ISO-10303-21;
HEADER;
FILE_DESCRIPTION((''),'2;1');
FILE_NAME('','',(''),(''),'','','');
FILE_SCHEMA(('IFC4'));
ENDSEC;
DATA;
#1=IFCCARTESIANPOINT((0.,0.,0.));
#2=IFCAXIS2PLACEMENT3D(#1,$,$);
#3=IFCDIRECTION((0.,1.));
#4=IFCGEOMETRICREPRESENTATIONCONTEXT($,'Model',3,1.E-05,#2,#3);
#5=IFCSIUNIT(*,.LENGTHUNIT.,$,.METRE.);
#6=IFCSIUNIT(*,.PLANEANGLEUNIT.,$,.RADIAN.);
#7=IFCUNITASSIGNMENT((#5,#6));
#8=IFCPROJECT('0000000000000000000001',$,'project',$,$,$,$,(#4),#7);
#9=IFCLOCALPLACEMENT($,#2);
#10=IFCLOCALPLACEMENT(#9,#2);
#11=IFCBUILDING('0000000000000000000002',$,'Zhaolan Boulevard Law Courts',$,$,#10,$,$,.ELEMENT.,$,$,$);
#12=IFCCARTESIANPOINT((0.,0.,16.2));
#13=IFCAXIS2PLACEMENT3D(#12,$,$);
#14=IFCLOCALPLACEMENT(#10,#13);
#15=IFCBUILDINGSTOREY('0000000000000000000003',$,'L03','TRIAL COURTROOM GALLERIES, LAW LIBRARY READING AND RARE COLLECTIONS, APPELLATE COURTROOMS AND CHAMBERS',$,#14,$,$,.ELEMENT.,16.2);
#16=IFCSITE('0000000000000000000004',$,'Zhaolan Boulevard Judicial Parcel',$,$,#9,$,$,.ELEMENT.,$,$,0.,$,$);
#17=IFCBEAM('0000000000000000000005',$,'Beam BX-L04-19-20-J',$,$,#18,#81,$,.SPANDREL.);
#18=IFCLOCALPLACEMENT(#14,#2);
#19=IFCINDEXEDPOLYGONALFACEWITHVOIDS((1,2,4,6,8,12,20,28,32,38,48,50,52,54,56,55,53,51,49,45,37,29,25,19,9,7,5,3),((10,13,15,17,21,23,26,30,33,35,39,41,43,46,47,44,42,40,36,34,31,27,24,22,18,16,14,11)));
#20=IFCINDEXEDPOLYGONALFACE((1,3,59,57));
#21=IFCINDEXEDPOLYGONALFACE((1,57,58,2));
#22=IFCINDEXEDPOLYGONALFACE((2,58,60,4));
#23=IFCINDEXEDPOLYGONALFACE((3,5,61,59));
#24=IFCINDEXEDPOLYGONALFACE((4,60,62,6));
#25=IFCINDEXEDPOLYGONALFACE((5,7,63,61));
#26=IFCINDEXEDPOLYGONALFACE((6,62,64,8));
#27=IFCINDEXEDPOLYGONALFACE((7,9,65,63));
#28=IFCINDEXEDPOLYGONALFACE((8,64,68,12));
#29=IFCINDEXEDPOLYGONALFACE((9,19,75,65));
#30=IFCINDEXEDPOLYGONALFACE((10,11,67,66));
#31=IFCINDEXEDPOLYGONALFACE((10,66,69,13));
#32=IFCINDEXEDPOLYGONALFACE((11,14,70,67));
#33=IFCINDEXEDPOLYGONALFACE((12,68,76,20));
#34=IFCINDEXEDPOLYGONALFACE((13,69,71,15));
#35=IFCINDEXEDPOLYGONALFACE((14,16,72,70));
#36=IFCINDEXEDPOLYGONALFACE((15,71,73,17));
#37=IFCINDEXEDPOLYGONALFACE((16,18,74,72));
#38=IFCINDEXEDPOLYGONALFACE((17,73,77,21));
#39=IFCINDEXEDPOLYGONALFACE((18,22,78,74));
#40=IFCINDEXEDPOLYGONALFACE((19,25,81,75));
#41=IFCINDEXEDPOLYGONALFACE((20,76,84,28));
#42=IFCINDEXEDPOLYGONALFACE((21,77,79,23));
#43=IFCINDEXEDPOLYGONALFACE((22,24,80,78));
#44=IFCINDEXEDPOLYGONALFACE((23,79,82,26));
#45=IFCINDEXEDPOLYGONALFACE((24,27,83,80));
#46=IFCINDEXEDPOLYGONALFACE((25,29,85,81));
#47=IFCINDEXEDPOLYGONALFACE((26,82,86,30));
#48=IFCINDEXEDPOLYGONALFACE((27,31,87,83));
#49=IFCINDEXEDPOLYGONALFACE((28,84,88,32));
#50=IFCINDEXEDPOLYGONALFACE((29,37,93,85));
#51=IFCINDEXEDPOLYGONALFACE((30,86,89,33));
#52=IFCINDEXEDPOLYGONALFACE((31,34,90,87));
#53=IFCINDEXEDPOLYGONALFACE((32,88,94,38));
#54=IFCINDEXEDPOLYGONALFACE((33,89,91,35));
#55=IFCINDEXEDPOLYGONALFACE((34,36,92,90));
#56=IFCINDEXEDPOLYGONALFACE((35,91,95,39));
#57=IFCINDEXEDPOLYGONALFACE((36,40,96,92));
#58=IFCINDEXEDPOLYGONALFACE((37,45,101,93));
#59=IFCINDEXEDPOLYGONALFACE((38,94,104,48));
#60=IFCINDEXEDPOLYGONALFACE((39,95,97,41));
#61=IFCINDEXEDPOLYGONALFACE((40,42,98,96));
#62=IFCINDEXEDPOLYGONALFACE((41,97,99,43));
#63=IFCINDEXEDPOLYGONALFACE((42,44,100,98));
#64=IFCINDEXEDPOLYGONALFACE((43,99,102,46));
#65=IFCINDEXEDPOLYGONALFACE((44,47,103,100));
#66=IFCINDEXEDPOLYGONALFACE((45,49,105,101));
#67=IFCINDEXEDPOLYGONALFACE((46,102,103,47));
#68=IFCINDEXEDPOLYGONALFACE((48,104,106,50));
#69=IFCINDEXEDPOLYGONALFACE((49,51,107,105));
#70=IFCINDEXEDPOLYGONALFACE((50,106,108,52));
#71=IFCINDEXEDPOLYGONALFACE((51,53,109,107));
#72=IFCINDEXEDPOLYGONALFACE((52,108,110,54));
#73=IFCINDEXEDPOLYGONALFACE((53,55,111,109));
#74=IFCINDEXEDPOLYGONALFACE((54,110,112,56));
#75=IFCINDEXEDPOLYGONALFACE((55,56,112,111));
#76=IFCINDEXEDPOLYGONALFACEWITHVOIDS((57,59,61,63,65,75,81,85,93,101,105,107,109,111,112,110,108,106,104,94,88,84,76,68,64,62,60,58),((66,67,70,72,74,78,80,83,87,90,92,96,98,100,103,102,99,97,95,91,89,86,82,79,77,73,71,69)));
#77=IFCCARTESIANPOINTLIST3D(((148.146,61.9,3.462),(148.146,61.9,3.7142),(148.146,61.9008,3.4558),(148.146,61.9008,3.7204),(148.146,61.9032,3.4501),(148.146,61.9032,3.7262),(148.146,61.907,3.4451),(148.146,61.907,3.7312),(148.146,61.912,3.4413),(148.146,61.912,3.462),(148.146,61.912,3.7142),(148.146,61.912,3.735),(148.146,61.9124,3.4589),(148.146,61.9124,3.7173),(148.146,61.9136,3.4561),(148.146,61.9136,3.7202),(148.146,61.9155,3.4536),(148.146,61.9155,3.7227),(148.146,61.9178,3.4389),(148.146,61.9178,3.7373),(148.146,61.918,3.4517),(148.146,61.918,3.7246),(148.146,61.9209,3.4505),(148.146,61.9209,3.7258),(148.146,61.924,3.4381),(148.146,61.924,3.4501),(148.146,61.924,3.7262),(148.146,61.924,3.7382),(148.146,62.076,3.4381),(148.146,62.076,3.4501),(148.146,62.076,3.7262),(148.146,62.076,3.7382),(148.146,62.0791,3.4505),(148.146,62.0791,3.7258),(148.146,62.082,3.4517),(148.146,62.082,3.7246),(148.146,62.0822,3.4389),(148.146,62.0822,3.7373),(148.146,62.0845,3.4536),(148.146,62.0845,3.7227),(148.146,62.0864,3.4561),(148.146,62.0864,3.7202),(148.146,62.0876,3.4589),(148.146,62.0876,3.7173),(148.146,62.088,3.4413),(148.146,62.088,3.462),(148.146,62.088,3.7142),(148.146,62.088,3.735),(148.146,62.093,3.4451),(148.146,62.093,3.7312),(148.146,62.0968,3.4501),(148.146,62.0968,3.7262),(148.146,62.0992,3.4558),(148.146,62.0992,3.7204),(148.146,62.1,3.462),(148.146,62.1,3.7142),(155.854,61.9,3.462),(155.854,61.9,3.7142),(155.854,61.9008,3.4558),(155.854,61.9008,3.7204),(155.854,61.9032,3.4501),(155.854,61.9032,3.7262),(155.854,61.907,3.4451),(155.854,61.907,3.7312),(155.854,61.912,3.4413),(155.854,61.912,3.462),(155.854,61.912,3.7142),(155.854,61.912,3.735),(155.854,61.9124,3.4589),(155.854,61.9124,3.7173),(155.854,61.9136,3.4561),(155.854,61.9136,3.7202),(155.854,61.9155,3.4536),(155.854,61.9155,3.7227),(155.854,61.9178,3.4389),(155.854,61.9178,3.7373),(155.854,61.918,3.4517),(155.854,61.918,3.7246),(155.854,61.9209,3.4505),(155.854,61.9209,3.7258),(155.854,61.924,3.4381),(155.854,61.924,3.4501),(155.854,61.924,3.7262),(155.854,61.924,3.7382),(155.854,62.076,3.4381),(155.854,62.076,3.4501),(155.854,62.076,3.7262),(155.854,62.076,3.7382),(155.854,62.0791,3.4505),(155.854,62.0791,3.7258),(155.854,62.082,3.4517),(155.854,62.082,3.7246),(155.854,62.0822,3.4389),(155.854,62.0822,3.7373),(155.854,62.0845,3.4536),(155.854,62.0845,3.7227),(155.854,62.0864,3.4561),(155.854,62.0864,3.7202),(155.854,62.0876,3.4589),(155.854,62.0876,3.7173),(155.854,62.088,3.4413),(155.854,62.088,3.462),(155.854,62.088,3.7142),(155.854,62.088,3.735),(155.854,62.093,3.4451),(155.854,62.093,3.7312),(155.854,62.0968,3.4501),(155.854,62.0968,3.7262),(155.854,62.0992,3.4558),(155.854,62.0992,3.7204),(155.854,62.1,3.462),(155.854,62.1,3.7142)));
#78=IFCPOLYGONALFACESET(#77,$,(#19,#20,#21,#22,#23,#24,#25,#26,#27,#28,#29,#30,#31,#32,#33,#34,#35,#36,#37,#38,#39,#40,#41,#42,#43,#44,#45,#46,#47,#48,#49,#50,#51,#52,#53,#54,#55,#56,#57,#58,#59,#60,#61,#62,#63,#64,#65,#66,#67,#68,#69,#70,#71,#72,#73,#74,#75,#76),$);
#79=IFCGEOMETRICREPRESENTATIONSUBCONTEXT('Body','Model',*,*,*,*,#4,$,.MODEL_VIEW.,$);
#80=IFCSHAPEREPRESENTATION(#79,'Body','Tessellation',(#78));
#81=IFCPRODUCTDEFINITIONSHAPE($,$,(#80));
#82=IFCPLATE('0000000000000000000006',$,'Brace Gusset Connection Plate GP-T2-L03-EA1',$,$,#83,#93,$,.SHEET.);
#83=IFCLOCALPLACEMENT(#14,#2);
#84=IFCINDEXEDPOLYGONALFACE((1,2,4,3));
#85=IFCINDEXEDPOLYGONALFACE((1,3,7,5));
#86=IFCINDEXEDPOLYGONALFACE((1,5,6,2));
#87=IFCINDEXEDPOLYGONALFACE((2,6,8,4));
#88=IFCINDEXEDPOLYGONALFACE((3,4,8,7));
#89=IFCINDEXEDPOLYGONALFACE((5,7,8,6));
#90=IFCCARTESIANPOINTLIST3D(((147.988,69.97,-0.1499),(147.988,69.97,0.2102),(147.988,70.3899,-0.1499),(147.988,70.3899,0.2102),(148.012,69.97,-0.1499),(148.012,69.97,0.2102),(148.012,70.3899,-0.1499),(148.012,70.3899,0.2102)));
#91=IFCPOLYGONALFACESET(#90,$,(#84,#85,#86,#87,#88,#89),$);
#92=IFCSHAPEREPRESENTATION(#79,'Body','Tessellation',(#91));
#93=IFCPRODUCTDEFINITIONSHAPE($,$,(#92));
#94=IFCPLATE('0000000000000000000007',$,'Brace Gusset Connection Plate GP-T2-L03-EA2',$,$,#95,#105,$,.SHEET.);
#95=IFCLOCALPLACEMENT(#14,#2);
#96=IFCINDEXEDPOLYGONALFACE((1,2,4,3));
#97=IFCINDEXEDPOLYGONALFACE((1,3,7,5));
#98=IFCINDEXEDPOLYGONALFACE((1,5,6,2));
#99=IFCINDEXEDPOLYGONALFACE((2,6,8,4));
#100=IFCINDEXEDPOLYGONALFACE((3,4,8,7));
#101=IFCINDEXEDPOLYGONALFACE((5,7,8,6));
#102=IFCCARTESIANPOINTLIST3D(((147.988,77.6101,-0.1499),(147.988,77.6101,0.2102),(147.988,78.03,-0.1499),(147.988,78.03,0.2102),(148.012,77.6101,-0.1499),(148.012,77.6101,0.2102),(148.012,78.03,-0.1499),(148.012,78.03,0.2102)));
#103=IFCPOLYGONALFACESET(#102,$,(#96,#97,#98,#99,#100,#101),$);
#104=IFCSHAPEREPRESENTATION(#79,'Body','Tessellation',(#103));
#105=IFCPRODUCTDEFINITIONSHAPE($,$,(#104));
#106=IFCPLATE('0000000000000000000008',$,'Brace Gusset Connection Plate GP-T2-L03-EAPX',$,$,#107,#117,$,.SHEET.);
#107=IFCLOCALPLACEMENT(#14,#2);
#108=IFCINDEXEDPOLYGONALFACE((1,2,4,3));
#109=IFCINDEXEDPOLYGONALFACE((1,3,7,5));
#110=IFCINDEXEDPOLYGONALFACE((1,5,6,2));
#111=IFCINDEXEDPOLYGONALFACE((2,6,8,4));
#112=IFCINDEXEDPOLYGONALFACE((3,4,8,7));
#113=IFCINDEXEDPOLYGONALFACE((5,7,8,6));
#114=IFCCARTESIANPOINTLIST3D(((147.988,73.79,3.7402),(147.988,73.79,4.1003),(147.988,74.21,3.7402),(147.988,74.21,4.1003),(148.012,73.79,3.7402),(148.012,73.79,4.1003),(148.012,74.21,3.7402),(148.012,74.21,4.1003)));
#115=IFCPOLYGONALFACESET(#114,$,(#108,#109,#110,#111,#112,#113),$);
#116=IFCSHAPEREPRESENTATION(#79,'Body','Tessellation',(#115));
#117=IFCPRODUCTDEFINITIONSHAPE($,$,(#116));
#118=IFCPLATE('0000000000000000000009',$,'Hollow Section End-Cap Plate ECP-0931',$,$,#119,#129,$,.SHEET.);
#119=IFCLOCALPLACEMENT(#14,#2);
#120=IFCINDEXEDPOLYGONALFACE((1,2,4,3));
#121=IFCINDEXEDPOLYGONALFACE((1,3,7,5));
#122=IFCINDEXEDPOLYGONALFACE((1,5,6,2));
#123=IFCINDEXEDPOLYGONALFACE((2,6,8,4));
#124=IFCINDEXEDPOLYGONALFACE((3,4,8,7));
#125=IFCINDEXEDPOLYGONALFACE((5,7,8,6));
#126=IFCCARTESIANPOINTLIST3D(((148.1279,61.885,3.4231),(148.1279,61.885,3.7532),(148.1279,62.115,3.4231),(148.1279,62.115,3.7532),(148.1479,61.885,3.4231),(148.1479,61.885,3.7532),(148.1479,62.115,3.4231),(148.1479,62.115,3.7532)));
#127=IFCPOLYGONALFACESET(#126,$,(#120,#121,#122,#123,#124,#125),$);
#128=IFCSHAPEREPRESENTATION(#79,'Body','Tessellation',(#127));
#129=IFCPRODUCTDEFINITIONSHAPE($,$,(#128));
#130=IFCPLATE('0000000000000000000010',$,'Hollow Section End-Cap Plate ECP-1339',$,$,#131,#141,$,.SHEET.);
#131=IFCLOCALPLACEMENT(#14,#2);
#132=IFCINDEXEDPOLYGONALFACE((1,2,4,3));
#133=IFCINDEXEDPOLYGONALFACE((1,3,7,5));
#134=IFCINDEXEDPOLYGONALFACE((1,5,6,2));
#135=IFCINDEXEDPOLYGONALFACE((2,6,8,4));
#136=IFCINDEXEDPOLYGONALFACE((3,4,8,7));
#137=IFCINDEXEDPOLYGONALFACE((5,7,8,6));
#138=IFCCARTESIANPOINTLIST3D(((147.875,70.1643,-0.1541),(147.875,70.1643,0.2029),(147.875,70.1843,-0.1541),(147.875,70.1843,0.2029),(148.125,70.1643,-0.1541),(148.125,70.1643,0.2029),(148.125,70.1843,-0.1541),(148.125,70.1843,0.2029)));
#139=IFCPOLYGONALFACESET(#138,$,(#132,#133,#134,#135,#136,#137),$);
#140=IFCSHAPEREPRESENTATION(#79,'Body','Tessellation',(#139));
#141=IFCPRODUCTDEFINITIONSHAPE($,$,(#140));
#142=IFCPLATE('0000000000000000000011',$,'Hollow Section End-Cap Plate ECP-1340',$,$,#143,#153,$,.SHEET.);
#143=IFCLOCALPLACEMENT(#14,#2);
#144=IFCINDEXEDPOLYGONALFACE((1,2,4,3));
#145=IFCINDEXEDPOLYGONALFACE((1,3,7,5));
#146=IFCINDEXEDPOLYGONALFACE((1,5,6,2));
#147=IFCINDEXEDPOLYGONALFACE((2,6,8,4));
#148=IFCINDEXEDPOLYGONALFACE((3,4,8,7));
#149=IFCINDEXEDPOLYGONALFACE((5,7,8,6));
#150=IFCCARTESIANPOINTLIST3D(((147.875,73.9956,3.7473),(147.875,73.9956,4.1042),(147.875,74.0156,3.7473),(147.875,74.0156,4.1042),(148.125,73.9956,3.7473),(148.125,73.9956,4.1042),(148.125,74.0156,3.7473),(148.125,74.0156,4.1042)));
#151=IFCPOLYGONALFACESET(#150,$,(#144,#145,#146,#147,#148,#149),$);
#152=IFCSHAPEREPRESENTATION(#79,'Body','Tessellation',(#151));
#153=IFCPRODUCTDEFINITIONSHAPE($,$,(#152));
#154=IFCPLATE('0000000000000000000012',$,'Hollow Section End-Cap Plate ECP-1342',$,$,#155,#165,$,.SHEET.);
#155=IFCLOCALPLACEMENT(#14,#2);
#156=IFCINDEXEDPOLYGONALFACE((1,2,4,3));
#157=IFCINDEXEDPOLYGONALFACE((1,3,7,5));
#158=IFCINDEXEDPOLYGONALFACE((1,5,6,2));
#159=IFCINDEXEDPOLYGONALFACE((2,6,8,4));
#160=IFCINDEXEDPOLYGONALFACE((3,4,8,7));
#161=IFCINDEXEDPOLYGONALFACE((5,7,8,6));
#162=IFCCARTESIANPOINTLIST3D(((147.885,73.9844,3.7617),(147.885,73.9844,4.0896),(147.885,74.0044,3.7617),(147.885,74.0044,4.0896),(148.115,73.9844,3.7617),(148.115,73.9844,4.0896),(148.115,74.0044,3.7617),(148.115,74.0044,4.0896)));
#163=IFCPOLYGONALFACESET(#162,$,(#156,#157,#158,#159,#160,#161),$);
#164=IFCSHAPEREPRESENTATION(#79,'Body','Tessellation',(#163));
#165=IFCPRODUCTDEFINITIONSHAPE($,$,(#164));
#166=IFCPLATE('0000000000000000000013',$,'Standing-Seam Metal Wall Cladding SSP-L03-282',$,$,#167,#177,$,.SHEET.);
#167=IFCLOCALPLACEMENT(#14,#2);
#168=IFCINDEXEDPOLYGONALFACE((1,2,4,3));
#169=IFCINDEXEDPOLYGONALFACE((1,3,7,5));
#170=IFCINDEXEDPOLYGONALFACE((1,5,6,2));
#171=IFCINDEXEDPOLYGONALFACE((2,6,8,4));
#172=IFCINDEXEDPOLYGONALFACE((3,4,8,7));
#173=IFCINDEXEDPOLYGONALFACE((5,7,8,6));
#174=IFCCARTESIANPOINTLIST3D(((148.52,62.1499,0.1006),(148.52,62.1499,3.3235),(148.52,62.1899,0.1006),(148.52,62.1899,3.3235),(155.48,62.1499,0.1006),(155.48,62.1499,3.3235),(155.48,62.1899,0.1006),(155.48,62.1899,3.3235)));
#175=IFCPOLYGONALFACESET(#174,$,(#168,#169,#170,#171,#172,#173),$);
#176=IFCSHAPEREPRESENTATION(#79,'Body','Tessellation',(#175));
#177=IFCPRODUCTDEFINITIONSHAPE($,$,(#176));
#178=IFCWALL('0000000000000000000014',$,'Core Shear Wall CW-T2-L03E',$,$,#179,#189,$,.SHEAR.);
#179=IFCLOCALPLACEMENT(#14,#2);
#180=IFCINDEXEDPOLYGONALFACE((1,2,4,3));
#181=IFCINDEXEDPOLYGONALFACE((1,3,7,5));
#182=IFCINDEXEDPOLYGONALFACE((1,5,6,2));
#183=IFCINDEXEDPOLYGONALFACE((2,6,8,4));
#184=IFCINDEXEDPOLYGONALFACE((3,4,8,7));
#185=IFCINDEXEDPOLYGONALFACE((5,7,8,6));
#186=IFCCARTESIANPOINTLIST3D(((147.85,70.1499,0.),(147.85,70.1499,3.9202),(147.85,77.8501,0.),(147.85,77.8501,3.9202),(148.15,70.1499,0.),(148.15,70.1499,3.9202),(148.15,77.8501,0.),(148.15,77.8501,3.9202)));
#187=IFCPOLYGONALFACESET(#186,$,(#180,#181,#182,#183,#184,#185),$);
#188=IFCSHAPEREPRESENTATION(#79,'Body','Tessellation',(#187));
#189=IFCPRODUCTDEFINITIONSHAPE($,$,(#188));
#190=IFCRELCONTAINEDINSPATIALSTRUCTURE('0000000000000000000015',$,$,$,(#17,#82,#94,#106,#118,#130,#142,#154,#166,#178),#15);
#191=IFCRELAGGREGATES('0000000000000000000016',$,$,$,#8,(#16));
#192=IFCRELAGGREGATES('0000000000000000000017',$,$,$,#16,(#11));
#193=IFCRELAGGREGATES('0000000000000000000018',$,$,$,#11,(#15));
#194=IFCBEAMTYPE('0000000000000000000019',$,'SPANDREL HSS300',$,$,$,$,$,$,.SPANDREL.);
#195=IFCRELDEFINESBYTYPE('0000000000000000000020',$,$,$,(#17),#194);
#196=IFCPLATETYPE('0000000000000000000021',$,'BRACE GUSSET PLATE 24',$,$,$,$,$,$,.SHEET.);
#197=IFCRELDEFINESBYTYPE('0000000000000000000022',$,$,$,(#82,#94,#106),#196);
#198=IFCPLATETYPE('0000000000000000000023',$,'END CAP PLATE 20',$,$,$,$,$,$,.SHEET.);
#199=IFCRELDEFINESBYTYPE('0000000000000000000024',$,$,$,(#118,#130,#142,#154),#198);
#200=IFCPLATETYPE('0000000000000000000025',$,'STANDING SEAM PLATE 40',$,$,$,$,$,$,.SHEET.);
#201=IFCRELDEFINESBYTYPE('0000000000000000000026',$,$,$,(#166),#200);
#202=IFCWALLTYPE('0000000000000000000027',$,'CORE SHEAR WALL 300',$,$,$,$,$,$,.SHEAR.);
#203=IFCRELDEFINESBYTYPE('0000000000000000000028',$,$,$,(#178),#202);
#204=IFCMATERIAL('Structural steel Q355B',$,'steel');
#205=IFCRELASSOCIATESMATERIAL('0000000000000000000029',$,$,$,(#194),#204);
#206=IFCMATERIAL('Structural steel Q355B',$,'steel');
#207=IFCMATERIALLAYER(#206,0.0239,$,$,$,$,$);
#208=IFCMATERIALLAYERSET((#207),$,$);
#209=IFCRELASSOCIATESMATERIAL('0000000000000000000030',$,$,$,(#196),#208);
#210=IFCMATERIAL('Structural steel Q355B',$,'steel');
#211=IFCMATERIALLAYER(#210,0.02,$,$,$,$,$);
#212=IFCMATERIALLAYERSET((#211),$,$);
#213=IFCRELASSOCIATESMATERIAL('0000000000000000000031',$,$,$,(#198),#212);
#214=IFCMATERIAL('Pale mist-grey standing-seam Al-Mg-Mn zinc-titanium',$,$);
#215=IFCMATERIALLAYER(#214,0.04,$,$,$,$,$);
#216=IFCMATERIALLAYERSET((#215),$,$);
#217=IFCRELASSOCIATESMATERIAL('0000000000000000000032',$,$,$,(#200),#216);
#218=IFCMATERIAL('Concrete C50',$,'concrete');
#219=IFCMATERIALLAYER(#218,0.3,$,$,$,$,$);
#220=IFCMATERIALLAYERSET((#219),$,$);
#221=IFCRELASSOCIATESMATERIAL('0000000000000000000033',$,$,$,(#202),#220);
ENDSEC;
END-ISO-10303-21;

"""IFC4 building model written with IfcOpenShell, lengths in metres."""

from ifc_helpers import new_model, si_unit, direction, frame, frame_2d, origin, origin_2d, place, context, subcontext, project, spatial, rectangle, hollow_rectangle, extrude, material, layer, layer_set, material_profile, profile_set, type_object, element, save


model = new_model("IFC4")

# Units and contexts
model_context = context("Model", 3, precision=1e-05, world=origin(), true_north=direction((0.0, 1.0)))
body_context = subcontext(model_context, "Body", "Model", "MODEL_VIEW")
ifc_project = project(units=[si_unit("LENGTHUNIT", "METRE"), si_unit("PLANEANGLEUNIT", "RADIAN")], contexts=[model_context])

# Site, building, storey
site_placement = place(None, origin())
site = spatial("IfcSite", under=ifc_project, at=site_placement, Name="Zhaolan Boulevard Judicial Parcel", CompositionType="ELEMENT", RefElevation=0.0)
building_placement = place(site_placement, origin())
building = spatial("IfcBuilding", under=site, at=building_placement, Name="Zhaolan Boulevard Law Courts", CompositionType="ELEMENT")
storey_placement = place(building_placement, frame((0.0, 0.0, 16.2)))
storey = spatial("IfcBuildingStorey", under=building, at=storey_placement, Name="L03", Description="TRIAL COURTROOM GALLERIES, LAW LIBRARY READING AND RARE COLLECTIONS, APPELLATE COURTROOMS AND CHAMBERS", CompositionType="ELEMENT", Elevation=16.2)

# Beam
ifc_material_1 = material(Name="Structural steel Q355B", Category="steel")
ifc_material_profile_1 = material_profile(ifc_material_1, hollow_rectangle(XDim=0.2, YDim=0.3, WallThickness=0.012, InnerFilletRadius=0.012, OuterFilletRadius=0.0239, at=origin_2d()), Name="HSS300x200x12")
ifc_profile_set_1 = profile_set([ifc_material_profile_1], Name="Structural steel Q355B")
beam_type_1 = type_object("IfcBeamType", Name="SPANDREL HSS300", PredefinedType="SPANDREL", material=ifc_profile_set_1)
beam_1_placement = place(storey_placement, frame((148.146, 62.0, 3.5881), z_axis=(1.0, 0.0, 0.0), x_axis=(0.0, 1.0, 0.0)))
element("IfcBeam", 1, at=beam_1_placement, inside=storey, type_object=beam_type_1, Name="Beam BX-L04-19-20-J", PredefinedType="SPANDREL", context=body_context, shape_type="SweptSolid", body=[
    extrude(hollow_rectangle(XDim=0.2, YDim=0.3, WallThickness=0.012, InnerFilletRadius=0.012, OuterFilletRadius=0.0239, at=origin_2d()), origin(), (0.0, 0.0, 1.0), 7.708),
])

# Plates
ifc_material_2 = material(Name="Structural steel Q355B", Category="steel")
ifc_layer_1 = layer(ifc_material_2, 0.0239)
ifc_layer_set_1 = layer_set([ifc_layer_1])
plate_type_1 = type_object("IfcPlateType", Name="BRACE GUSSET PLATE 24", PredefinedType="SHEET", material=ifc_layer_set_1)
for number, where, z_axis, x_axis, name in (
    (2, (148.0, 70.1799, -0.1499), (0.0, 0.0, 1.0), (0.0, 1.0, 0.0), "Brace Gusset Connection Plate GP-T2-L03-EA1"),
    (3, (148.0, 77.8201, -0.1499), (0.0, 0.0, 1.0), (0.0, 1.0, 0.0), "Brace Gusset Connection Plate GP-T2-L03-EA2"),
    (4, (148.0, 74.0, 3.7402), (0.0, 0.0, 1.0), (0.0, 1.0, 0.0), "Brace Gusset Connection Plate GP-T2-L03-EAPX"),
):
    element("IfcPlate", number, at=place(storey_placement, frame(where, z_axis=z_axis, x_axis=x_axis)), inside=storey, type_object=plate_type_1, Name=name, PredefinedType="SHEET", context=body_context, shape_type="SweptSolid", body=[
        extrude(rectangle(XDim=0.4199, YDim=0.0239, at=origin_2d()), origin(), (0.0, 0.0, 1.0), 0.3601),
    ])
ifc_material_3 = material(Name="Structural steel Q355B", Category="steel")
ifc_layer_2 = layer(ifc_material_3, 0.02)
ifc_layer_set_2 = layer_set([ifc_layer_2])
plate_type_2 = type_object("IfcPlateType", Name="END CAP PLATE 20", PredefinedType="SHEET", material=ifc_layer_set_2)
plate_1_placement = place(storey_placement, frame((148.1379, 62.0, 3.4231), z_axis=(0.0, 0.0, 1.0), x_axis=(1.0, 0.0, 0.0)))
element("IfcPlate", 5, at=plate_1_placement, inside=storey, type_object=plate_type_2, Name="Hollow Section End-Cap Plate ECP-0931", PredefinedType="SHEET", context=body_context, shape_type="SweptSolid", body=[
    extrude(rectangle(XDim=0.02, YDim=0.23, at=origin_2d()), origin(), (0.0, 0.0, 1.0), 0.3301),
])
for number, where, z_axis, x_axis, name in (
    (6, (148.0, 70.1743, -0.1541), (0.0, 0.0, 1.0), (0.0, 1.0, 0.0), "Hollow Section End-Cap Plate ECP-1339"),
    (7, (148.0, 74.0056, 3.7473), (0.0, 0.0, 1.0), (0.0, 1.0, 0.0), "Hollow Section End-Cap Plate ECP-1340"),
):
    element("IfcPlate", number, at=place(storey_placement, frame(where, z_axis=z_axis, x_axis=x_axis)), inside=storey, type_object=plate_type_2, Name=name, PredefinedType="SHEET", context=body_context, shape_type="SweptSolid", body=[
        extrude(rectangle(XDim=0.02, YDim=0.25, at=origin_2d()), origin(), (0.0, 0.0, 1.0), 0.3569),
    ])
plate_2_placement = place(storey_placement, frame((148.0, 73.9944, 3.7617), z_axis=(0.0, 0.0, 1.0), x_axis=(0.0, -1.0, 0.0)))
element("IfcPlate", 8, at=plate_2_placement, inside=storey, type_object=plate_type_2, Name="Hollow Section End-Cap Plate ECP-1342", PredefinedType="SHEET", context=body_context, shape_type="SweptSolid", body=[
    extrude(rectangle(XDim=0.02, YDim=0.23, at=origin_2d()), origin(), (0.0, 0.0, 1.0), 0.3279),
])
ifc_material_4 = material(Name="Pale mist-grey standing-seam Al-Mg-Mn zinc-titanium")
ifc_layer_3 = layer(ifc_material_4, 0.04)
ifc_layer_set_3 = layer_set([ifc_layer_3])
plate_type_3 = type_object("IfcPlateType", Name="STANDING SEAM PLATE 40", PredefinedType="SHEET", material=ifc_layer_set_3)
plate_3_placement = place(storey_placement, frame((152.0, 62.1699, 0.1006), z_axis=(0.0, 0.0, 1.0), x_axis=(1.0, 0.0, 0.0)))
element("IfcPlate", 9, at=plate_3_placement, inside=storey, type_object=plate_type_3, Name="Standing-Seam Metal Wall Cladding SSP-L03-282", PredefinedType="SHEET", context=body_context, shape_type="SweptSolid", body=[
    extrude(rectangle(XDim=6.96, YDim=0.04, at=origin_2d()), origin(), (0.0, 0.0, 1.0), 3.2229),
])

# Wall
ifc_material_5 = material(Name="Concrete C50", Category="concrete")
ifc_layer_4 = layer(ifc_material_5, 0.3)
ifc_layer_set_4 = layer_set([ifc_layer_4])
wall_type_1 = type_object("IfcWallType", Name="CORE SHEAR WALL 300", PredefinedType="SHEAR", material=ifc_layer_set_4)
wall_1_placement = place(storey_placement, frame((148.0, 70.1499, 0.0), z_axis=(0.0, 0.0, 1.0), x_axis=(0.0, 1.0, 0.0)))
element("IfcWall", 10, at=wall_1_placement, inside=storey, type_object=wall_type_1, Name="Core Shear Wall CW-T2-L03E", PredefinedType="SHEAR", context=body_context, shape_type="SweptSolid", body=[
    extrude(rectangle(XDim=7.7002, YDim=0.3, at=frame_2d((3.8501, 0.0))), origin(), (0.0, 0.0, 1.0), 3.9202),
])

save(model, "model.ifc")
